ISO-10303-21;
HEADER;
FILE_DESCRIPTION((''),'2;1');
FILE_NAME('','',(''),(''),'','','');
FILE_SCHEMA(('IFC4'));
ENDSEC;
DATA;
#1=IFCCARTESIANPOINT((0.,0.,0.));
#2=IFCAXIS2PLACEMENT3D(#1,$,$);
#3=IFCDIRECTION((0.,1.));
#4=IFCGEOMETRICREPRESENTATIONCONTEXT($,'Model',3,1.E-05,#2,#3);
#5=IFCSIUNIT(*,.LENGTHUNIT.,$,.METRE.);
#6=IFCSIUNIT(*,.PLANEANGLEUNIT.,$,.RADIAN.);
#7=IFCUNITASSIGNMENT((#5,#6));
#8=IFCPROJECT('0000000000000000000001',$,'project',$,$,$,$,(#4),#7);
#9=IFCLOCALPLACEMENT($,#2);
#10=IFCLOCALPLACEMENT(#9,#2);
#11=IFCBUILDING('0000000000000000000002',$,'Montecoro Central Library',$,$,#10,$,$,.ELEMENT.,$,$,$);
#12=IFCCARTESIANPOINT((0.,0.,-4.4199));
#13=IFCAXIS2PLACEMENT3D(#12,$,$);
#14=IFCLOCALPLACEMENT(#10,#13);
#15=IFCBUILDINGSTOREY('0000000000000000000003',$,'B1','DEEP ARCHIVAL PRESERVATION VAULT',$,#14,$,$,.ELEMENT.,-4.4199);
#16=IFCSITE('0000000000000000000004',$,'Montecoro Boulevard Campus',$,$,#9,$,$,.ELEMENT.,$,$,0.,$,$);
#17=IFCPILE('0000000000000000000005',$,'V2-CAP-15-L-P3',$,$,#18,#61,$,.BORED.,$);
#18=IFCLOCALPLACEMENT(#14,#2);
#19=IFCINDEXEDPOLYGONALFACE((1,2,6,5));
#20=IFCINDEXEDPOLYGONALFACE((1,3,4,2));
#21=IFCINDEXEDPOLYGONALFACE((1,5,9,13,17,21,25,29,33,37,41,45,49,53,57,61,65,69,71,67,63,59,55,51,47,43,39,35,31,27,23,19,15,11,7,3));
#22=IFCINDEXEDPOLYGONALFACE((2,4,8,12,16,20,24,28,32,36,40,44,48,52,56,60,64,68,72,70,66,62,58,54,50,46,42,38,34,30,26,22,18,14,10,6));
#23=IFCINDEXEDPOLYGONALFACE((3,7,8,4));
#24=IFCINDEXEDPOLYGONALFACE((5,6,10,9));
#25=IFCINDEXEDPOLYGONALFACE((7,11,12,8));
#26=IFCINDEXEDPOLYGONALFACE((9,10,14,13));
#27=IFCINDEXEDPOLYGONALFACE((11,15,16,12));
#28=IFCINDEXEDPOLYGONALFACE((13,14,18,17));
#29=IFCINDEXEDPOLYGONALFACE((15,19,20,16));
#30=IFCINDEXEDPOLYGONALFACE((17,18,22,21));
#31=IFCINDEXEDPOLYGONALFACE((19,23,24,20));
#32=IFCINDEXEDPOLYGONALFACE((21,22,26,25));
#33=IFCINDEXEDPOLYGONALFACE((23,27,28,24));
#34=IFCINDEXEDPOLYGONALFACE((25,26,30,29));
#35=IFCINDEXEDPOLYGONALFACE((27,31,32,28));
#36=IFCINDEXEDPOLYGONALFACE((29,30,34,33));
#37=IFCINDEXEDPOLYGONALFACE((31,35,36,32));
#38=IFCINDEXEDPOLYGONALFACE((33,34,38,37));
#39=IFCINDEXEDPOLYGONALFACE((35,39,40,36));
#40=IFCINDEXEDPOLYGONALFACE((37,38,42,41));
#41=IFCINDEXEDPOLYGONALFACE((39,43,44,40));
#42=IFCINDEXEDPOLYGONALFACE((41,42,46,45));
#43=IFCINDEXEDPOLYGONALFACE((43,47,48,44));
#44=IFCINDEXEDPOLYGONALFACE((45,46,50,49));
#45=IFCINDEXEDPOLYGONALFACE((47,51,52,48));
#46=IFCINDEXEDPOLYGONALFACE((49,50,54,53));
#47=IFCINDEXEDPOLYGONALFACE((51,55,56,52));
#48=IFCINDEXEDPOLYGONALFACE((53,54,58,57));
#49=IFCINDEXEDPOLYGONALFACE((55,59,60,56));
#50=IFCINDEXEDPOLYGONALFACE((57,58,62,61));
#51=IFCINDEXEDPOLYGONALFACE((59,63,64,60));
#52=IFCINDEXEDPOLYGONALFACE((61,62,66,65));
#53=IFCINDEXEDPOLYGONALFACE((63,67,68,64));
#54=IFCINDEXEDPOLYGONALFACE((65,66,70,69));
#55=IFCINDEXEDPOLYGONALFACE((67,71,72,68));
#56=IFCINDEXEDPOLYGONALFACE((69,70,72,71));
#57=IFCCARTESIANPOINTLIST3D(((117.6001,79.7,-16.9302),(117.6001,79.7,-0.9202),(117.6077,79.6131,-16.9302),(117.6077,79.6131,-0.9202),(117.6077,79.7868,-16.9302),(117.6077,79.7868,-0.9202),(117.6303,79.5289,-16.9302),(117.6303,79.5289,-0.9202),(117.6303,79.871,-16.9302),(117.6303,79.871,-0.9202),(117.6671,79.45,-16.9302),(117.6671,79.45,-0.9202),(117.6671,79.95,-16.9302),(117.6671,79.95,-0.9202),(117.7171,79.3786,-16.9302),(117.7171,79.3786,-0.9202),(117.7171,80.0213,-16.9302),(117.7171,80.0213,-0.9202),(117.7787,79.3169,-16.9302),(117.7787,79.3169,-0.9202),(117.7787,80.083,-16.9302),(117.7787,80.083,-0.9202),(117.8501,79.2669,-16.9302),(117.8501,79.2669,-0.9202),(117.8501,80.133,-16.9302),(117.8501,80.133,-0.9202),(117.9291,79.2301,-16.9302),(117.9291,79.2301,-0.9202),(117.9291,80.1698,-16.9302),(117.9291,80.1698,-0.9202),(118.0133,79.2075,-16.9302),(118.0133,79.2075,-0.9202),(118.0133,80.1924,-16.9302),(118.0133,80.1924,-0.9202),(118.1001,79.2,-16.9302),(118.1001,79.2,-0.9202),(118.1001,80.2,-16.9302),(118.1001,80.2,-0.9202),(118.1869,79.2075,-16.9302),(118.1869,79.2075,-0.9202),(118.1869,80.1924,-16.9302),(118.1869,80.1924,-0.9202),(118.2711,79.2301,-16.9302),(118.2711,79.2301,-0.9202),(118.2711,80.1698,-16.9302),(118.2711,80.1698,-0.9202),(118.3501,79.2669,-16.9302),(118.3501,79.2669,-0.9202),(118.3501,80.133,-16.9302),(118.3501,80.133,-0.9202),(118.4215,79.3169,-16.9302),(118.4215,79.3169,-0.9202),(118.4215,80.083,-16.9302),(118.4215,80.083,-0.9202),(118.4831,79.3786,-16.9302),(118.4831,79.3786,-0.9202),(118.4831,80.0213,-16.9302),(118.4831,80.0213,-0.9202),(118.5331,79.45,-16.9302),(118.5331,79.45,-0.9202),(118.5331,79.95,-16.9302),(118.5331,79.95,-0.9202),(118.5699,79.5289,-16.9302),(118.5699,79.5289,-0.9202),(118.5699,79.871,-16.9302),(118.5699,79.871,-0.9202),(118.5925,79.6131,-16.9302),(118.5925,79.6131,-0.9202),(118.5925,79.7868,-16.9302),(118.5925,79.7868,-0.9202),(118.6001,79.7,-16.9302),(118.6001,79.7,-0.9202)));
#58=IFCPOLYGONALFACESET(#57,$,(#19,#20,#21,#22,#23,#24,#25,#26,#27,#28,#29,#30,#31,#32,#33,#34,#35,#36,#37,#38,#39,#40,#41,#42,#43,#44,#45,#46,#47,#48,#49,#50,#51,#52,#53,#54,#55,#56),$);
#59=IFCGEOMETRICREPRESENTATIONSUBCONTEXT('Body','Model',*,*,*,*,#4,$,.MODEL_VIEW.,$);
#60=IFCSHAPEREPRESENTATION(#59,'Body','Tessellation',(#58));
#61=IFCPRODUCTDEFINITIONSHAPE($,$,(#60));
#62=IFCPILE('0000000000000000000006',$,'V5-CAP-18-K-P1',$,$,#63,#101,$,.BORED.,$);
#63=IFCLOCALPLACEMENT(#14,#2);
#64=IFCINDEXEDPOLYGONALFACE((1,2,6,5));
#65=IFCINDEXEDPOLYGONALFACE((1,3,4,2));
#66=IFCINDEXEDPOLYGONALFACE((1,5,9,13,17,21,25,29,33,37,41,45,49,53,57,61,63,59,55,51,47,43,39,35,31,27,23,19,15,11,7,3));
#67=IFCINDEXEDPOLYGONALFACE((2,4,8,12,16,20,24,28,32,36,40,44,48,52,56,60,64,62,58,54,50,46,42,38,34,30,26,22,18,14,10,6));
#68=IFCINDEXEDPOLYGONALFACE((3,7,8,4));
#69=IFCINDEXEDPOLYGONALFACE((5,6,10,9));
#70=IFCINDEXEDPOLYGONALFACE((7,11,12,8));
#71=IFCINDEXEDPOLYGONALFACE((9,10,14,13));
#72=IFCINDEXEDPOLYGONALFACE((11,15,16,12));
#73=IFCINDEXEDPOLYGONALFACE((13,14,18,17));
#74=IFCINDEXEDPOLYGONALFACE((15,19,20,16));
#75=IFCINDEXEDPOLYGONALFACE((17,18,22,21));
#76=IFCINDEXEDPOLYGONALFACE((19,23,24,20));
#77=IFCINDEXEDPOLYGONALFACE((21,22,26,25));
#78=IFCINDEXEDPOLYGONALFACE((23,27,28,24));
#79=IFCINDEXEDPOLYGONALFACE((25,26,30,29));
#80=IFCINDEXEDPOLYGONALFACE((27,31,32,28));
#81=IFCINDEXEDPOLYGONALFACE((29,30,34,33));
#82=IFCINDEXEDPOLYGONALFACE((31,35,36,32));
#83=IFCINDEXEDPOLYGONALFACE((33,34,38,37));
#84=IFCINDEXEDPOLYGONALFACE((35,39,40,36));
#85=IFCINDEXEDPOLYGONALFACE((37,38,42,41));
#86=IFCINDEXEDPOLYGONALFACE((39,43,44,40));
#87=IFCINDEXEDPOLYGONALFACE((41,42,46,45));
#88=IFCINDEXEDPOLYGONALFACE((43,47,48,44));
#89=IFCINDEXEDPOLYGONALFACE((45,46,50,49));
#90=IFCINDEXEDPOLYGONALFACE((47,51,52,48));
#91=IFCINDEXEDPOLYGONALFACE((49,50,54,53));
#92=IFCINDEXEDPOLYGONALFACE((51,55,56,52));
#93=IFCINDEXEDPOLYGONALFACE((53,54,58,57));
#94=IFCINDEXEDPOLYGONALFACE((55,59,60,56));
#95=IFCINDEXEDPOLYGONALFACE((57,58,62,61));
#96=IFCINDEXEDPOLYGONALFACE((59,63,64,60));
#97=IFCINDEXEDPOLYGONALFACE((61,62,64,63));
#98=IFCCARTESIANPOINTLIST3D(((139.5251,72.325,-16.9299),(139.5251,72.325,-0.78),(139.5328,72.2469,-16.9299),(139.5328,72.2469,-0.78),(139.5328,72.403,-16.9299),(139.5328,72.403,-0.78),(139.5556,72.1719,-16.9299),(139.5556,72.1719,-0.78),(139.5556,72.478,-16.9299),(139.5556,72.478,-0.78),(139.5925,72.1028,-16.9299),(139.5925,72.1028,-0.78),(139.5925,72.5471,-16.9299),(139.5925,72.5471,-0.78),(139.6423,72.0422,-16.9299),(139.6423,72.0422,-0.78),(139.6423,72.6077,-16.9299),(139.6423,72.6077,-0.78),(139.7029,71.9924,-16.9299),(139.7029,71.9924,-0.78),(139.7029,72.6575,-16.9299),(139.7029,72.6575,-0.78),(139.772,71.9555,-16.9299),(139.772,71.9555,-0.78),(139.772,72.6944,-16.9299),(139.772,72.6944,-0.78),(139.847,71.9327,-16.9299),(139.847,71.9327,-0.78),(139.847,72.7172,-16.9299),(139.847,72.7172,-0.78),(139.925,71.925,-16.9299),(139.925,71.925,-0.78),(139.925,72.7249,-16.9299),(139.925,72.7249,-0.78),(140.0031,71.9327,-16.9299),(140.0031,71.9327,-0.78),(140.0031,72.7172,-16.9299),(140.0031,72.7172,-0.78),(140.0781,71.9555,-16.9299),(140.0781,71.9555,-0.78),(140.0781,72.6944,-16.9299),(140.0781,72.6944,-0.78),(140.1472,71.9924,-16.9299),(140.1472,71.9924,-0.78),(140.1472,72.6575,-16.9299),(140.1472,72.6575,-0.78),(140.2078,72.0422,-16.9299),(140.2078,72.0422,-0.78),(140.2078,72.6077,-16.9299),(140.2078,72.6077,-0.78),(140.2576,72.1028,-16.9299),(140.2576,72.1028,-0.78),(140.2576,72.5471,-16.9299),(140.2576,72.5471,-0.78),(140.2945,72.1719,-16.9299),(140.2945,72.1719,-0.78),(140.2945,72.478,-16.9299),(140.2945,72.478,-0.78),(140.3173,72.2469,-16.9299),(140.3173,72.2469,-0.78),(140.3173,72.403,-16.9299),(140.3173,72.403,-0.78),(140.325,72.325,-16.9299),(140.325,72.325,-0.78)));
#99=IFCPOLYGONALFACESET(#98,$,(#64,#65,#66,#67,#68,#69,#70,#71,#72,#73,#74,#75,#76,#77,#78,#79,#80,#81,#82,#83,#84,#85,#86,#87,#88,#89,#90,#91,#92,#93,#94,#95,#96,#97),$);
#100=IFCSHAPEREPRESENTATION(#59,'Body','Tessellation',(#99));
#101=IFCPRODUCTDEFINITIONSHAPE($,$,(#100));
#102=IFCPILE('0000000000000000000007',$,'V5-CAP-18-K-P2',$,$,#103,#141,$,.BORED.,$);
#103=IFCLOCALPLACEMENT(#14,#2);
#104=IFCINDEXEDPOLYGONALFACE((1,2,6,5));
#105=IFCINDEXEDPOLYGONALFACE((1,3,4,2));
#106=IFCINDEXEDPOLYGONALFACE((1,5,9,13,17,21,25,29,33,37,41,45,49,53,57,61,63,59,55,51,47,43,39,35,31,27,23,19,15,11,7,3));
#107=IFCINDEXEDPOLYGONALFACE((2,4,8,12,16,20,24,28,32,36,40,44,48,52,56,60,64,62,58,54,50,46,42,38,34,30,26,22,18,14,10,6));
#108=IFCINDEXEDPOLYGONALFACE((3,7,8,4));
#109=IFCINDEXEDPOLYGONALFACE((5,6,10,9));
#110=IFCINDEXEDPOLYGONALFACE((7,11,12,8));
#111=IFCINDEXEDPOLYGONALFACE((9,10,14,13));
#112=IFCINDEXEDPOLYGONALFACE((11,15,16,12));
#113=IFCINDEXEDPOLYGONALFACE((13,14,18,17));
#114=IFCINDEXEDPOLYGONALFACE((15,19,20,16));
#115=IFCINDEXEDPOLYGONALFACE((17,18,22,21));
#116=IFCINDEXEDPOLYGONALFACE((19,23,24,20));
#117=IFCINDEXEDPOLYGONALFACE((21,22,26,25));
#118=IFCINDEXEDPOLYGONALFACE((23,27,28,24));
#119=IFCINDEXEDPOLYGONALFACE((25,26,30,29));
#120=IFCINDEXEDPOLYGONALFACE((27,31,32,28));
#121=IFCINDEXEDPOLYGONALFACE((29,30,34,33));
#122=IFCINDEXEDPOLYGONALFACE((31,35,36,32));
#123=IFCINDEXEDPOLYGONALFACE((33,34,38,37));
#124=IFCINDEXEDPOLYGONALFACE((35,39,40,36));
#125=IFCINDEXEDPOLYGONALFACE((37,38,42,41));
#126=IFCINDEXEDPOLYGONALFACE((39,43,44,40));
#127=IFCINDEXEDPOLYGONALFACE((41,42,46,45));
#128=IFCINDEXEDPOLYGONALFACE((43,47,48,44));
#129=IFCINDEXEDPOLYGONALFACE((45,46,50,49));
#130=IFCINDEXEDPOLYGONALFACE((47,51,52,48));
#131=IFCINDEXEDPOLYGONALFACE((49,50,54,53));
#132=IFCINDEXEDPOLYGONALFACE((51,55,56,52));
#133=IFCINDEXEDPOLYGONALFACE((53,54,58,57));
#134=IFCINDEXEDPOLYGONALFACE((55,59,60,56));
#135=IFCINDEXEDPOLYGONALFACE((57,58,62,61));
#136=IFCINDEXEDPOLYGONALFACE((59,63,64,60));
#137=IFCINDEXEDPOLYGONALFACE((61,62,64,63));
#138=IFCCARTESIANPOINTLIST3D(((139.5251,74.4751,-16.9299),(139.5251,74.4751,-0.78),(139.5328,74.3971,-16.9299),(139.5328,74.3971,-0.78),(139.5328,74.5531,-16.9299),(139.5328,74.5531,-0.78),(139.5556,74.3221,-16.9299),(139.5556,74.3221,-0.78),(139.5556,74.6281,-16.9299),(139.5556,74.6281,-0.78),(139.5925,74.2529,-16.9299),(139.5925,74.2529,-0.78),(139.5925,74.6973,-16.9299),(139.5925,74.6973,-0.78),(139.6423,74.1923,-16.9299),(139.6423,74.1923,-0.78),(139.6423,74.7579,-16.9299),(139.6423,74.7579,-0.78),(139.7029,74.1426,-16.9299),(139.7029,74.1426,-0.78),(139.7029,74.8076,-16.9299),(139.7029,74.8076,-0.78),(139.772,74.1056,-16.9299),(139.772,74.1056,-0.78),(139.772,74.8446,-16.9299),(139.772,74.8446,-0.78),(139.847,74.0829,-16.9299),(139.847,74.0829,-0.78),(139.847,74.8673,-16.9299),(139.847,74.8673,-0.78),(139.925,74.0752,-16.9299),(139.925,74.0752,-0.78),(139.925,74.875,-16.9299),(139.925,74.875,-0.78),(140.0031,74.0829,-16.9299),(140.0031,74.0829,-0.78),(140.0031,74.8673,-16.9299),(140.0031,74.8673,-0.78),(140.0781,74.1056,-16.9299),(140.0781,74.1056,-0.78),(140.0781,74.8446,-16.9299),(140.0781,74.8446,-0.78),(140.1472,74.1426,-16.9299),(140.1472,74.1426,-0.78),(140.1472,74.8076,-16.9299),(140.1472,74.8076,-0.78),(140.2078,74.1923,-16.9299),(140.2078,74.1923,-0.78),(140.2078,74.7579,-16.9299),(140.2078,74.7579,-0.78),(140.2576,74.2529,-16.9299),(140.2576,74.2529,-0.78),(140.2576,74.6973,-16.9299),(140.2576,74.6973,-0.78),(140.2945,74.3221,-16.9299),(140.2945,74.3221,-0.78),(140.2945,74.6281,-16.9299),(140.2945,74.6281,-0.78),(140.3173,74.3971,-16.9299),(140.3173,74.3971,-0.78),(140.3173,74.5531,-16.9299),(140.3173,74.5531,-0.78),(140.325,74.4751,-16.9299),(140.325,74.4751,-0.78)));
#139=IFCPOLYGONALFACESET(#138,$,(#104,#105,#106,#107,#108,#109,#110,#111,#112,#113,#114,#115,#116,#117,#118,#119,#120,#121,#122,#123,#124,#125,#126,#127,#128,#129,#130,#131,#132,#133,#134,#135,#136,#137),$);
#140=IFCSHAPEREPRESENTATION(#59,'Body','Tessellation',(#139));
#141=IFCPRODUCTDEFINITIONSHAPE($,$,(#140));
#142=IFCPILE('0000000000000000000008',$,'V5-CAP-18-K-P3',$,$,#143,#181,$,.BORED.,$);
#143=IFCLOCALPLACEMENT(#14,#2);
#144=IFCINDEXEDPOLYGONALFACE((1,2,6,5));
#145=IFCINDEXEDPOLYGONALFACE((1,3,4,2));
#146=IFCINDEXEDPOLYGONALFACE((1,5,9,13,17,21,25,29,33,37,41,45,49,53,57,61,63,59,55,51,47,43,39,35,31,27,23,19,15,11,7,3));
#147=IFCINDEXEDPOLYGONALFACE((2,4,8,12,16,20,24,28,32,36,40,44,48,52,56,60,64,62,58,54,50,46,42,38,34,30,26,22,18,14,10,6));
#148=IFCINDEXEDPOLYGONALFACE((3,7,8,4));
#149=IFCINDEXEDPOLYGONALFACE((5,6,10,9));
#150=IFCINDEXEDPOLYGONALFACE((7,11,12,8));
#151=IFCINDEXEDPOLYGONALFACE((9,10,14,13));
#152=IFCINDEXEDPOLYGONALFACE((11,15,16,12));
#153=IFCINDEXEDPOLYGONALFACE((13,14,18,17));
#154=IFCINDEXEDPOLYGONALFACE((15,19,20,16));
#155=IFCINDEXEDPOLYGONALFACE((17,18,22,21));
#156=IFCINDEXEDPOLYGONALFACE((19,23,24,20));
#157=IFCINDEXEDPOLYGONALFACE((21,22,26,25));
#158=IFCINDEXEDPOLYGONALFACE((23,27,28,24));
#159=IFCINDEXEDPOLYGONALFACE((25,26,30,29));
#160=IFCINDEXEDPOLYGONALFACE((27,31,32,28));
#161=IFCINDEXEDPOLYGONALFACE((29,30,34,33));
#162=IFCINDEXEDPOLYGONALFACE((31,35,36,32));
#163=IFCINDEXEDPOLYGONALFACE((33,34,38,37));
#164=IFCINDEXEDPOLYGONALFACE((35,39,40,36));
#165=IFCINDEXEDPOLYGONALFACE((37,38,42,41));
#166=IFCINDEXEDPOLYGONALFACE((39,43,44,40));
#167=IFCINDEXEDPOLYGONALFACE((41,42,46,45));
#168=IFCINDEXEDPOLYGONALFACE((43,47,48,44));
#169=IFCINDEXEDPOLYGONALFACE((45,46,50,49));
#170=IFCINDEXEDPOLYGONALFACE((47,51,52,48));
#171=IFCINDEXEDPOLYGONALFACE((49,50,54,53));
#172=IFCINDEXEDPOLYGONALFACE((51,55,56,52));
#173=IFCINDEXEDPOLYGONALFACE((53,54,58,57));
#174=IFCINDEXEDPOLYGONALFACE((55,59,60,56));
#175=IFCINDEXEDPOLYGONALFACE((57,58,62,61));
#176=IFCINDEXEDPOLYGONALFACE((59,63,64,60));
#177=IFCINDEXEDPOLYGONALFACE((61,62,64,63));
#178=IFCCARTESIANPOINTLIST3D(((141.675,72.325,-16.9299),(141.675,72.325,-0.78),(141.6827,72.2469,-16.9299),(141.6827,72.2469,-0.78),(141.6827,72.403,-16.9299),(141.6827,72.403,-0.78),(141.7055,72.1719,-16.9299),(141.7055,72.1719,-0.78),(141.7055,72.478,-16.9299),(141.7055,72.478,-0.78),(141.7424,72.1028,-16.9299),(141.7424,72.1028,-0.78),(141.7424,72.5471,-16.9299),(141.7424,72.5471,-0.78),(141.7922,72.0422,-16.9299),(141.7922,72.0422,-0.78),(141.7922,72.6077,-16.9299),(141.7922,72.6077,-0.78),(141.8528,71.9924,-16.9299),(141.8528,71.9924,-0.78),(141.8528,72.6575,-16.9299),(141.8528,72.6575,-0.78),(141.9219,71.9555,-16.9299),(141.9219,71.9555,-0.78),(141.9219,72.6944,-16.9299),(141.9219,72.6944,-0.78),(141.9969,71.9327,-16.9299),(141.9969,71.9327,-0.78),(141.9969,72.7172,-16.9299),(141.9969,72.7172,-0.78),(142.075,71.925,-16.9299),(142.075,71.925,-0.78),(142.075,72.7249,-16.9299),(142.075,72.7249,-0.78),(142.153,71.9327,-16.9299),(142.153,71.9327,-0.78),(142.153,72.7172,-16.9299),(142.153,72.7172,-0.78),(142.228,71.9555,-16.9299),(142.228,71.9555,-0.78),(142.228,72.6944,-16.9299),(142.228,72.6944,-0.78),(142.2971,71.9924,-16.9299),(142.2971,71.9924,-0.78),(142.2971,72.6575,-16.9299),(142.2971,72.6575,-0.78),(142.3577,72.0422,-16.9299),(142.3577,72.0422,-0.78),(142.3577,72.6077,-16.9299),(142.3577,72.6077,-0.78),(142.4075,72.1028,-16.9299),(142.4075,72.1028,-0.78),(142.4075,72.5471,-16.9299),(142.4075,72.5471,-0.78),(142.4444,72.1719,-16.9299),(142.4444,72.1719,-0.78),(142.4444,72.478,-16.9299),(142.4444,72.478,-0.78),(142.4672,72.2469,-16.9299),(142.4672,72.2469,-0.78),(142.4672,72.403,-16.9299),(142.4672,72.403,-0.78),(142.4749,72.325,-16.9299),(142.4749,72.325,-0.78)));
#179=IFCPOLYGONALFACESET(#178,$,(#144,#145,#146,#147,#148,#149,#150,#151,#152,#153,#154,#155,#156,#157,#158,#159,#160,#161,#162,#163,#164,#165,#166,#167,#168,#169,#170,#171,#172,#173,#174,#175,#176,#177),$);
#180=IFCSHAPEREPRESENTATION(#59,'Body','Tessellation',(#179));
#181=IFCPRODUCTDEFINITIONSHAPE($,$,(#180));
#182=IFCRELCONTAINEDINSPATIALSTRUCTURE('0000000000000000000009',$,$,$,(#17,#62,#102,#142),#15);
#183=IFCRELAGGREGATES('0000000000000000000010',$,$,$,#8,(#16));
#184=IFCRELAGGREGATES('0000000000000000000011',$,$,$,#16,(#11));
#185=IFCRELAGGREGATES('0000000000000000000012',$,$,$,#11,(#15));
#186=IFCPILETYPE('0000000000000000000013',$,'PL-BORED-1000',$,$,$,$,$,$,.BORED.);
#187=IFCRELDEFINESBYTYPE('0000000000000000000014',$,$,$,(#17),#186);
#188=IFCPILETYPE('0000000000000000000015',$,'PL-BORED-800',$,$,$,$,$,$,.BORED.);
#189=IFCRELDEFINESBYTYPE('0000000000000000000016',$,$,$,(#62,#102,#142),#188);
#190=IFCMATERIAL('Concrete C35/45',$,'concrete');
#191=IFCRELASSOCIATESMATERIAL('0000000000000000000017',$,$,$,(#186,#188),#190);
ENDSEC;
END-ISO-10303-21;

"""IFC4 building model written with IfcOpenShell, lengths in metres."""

from ifc_helpers import new_model, si_unit, direction, frame, origin, origin_2d, place, context, subcontext, project, spatial, circle, extrude, material, material_profile, profile_set, type_object, element, save


model = new_model("IFC4")

# Units and contexts
model_context = context("Model", 3, precision=1e-05, world=origin(), true_north=direction((0.0, 1.0)))
body_context = subcontext(model_context, "Body", "Model", "MODEL_VIEW")
ifc_project = project(units=[si_unit("LENGTHUNIT", "METRE"), si_unit("PLANEANGLEUNIT", "RADIAN")], contexts=[model_context])

# Site, building, storey
site_placement = place(None, origin())
site = spatial("IfcSite", under=ifc_project, at=site_placement, Name="Montecoro Boulevard Campus", CompositionType="ELEMENT", RefElevation=0.0)
building_placement = place(site_placement, origin())
building = spatial("IfcBuilding", under=site, at=building_placement, Name="Montecoro Central Library", CompositionType="ELEMENT")
storey_placement = place(building_placement, frame((0.0, 0.0, -4.4199)))
storey = spatial("IfcBuildingStorey", under=building, at=storey_placement, Name="B1", Description="DEEP ARCHIVAL PRESERVATION VAULT", CompositionType="ELEMENT", Elevation=-4.4199)

# Shared definitions
ifc_material_1 = material(Name="Concrete C35/45", Category="concrete")

# Piles
ifc_material_profile_1 = material_profile(ifc_material_1, circle(Radius=0.5, at=origin_2d()), Name="PILE D1000")
ifc_profile_set_1 = profile_set([ifc_material_profile_1], Name="Concrete C35/45")
pile_type_1 = type_object("IfcPileType", Name="PL-BORED-1000", PredefinedType="BORED", material=ifc_profile_set_1)
for number, where, z_axis, x_axis, name in (
    (1, (118.1001, 79.7, -0.9202), (0.0, 0.0, -1.0), (1.0, 0.0, 0.0), "V2-CAP-15-L-P3"),
):
    element("IfcPile", number, at=place(storey_placement, frame(where, z_axis=z_axis, x_axis=x_axis)), inside=storey, type_object=pile_type_1, Name=name, PredefinedType="BORED", context=body_context, shape_type="SweptSolid", body=[
        extrude(circle(Radius=0.5, at=origin_2d()), origin(), (0.0, 0.0, 1.0), 16.01),
    ])
ifc_material_profile_2 = material_profile(ifc_material_1, circle(Radius=0.3999, at=origin_2d()), Name="PILE D800")
ifc_profile_set_2 = profile_set([ifc_material_profile_2], Name="Concrete C35/45")
pile_type_2 = type_object("IfcPileType", Name="PL-BORED-800", PredefinedType="BORED", material=ifc_profile_set_2)
for number, where, z_axis, x_axis, name in (
    (2, (139.925, 72.325, -0.78), (0.0, 0.0, -1.0), (1.0, 0.0, 0.0), "V5-CAP-18-K-P1"),
    (3, (139.925, 74.4751, -0.78), (0.0, 0.0, -1.0), (1.0, 0.0, 0.0), "V5-CAP-18-K-P2"),
    (4, (142.075, 72.325, -0.78), (0.0, 0.0, -1.0), (1.0, 0.0, 0.0), "V5-CAP-18-K-P3"),
):
    element("IfcPile", number, at=place(storey_placement, frame(where, z_axis=z_axis, x_axis=x_axis)), inside=storey, type_object=pile_type_2, Name=name, PredefinedType="BORED", context=body_context, shape_type="SweptSolid", body=[
        extrude(circle(Radius=0.3999, at=origin_2d()), origin(), (0.0, 0.0, 1.0), 16.1499),
    ])

save(model, "model.ifc")
